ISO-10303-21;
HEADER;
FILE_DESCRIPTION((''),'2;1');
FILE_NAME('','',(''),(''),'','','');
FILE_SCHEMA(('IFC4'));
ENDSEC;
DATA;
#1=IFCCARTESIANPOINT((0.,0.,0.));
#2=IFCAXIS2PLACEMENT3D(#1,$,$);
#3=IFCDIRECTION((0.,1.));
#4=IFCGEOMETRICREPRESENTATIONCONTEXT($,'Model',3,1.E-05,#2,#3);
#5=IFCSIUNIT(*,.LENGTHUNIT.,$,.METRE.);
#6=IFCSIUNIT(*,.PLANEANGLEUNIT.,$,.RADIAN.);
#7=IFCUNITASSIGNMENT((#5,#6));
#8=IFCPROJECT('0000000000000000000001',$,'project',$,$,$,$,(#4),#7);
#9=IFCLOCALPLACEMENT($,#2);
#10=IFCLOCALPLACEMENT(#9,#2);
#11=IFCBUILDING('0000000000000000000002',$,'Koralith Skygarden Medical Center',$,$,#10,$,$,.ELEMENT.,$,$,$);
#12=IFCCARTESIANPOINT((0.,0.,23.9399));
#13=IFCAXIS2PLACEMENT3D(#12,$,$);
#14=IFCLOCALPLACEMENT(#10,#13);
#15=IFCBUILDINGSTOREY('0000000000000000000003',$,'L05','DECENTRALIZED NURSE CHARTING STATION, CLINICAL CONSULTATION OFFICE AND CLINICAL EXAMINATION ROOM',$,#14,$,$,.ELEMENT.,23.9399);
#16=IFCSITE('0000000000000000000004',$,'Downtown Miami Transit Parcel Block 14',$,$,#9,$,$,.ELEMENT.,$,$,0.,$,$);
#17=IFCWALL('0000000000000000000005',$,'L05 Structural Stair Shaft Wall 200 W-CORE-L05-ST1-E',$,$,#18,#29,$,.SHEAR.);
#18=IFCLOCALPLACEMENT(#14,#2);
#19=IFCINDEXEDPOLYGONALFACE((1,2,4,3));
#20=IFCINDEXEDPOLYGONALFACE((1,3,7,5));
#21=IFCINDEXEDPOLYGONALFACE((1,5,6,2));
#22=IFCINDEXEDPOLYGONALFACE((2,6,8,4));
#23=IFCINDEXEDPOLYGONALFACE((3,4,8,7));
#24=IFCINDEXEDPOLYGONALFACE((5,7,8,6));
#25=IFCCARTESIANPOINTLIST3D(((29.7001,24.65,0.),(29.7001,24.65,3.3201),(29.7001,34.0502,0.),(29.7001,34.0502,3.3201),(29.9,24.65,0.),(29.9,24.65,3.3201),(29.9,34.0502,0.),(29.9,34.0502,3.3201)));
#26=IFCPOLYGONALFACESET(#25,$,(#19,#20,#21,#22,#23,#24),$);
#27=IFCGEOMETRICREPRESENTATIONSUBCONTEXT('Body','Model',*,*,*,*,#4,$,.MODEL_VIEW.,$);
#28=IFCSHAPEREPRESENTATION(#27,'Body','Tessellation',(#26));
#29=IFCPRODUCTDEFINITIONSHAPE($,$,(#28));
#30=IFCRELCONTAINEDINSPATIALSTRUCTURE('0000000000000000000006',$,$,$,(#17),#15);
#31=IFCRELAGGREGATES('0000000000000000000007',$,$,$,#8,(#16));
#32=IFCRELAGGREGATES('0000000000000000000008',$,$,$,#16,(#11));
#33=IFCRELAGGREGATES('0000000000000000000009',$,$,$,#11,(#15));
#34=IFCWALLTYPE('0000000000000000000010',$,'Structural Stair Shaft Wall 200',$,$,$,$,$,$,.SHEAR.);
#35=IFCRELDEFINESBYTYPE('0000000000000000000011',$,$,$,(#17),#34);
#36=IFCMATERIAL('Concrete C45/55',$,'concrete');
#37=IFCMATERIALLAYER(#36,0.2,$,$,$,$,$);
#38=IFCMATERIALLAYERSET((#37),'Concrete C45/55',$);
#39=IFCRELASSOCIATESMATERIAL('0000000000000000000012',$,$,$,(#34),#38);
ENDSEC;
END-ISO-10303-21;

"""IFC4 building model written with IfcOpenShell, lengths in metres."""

from ifc_helpers import new_model, si_unit, direction, frame, frame_2d, origin, place, context, subcontext, project, spatial, rectangle, extrude, material, layer, layer_set, type_object, element, save


model = new_model("IFC4")

# Units and contexts
model_context = context("Model", 3, precision=1e-05, world=origin(), true_north=direction((0.0, 1.0)))
body_context = subcontext(model_context, "Body", "Model", "MODEL_VIEW")
ifc_project = project(units=[si_unit("LENGTHUNIT", "METRE"), si_unit("PLANEANGLEUNIT", "RADIAN")], contexts=[model_context])

# Site, building, storey
site_placement = place(None, origin())
site = spatial("IfcSite", under=ifc_project, at=site_placement, Name="Downtown Miami Transit Parcel Block 14", CompositionType="ELEMENT", RefElevation=0.0)
building_placement = place(site_placement, origin())
building = spatial("IfcBuilding", under=site, at=building_placement, Name="Koralith Skygarden Medical Center", CompositionType="ELEMENT")
storey_placement = place(building_placement, frame((0.0, 0.0, 23.9399)))
storey = spatial("IfcBuildingStorey", under=building, at=storey_placement, Name="L05", Description="DECENTRALIZED NURSE CHARTING STATION, CLINICAL CONSULTATION OFFICE AND CLINICAL EXAMINATION ROOM", CompositionType="ELEMENT", Elevation=23.9399)

# Shared definitions
ifc_material_1 = material(Name="Concrete C45/55", Category="concrete")

# Wall
ifc_layer_1 = layer(ifc_material_1, 0.2)
ifc_layer_set_1 = layer_set([ifc_layer_1], Name="Concrete C45/55")
wall_type_1 = type_object("IfcWallType", Name="Structural Stair Shaft Wall 200", PredefinedType="SHEAR", material=ifc_layer_set_1)
wall_1_placement = place(storey_placement, frame((29.8, 24.6499, 0.0), z_axis=(0.0, 0.0, 1.0), x_axis=(0.0, 1.0, 0.0)))
element("IfcWall", 1, at=wall_1_placement, inside=storey, type_object=wall_type_1, Name="L05 Structural Stair Shaft Wall 200 W-CORE-L05-ST1-E", PredefinedType="SHEAR", context=body_context, shape_type="SweptSolid", body=[
    extrude(rectangle(XDim=9.4001, YDim=0.2, at=frame_2d((4.7002, 0.0))), origin(), (0.0, 0.0, 1.0), 3.3201),
])

save(model, "model.ifc")
